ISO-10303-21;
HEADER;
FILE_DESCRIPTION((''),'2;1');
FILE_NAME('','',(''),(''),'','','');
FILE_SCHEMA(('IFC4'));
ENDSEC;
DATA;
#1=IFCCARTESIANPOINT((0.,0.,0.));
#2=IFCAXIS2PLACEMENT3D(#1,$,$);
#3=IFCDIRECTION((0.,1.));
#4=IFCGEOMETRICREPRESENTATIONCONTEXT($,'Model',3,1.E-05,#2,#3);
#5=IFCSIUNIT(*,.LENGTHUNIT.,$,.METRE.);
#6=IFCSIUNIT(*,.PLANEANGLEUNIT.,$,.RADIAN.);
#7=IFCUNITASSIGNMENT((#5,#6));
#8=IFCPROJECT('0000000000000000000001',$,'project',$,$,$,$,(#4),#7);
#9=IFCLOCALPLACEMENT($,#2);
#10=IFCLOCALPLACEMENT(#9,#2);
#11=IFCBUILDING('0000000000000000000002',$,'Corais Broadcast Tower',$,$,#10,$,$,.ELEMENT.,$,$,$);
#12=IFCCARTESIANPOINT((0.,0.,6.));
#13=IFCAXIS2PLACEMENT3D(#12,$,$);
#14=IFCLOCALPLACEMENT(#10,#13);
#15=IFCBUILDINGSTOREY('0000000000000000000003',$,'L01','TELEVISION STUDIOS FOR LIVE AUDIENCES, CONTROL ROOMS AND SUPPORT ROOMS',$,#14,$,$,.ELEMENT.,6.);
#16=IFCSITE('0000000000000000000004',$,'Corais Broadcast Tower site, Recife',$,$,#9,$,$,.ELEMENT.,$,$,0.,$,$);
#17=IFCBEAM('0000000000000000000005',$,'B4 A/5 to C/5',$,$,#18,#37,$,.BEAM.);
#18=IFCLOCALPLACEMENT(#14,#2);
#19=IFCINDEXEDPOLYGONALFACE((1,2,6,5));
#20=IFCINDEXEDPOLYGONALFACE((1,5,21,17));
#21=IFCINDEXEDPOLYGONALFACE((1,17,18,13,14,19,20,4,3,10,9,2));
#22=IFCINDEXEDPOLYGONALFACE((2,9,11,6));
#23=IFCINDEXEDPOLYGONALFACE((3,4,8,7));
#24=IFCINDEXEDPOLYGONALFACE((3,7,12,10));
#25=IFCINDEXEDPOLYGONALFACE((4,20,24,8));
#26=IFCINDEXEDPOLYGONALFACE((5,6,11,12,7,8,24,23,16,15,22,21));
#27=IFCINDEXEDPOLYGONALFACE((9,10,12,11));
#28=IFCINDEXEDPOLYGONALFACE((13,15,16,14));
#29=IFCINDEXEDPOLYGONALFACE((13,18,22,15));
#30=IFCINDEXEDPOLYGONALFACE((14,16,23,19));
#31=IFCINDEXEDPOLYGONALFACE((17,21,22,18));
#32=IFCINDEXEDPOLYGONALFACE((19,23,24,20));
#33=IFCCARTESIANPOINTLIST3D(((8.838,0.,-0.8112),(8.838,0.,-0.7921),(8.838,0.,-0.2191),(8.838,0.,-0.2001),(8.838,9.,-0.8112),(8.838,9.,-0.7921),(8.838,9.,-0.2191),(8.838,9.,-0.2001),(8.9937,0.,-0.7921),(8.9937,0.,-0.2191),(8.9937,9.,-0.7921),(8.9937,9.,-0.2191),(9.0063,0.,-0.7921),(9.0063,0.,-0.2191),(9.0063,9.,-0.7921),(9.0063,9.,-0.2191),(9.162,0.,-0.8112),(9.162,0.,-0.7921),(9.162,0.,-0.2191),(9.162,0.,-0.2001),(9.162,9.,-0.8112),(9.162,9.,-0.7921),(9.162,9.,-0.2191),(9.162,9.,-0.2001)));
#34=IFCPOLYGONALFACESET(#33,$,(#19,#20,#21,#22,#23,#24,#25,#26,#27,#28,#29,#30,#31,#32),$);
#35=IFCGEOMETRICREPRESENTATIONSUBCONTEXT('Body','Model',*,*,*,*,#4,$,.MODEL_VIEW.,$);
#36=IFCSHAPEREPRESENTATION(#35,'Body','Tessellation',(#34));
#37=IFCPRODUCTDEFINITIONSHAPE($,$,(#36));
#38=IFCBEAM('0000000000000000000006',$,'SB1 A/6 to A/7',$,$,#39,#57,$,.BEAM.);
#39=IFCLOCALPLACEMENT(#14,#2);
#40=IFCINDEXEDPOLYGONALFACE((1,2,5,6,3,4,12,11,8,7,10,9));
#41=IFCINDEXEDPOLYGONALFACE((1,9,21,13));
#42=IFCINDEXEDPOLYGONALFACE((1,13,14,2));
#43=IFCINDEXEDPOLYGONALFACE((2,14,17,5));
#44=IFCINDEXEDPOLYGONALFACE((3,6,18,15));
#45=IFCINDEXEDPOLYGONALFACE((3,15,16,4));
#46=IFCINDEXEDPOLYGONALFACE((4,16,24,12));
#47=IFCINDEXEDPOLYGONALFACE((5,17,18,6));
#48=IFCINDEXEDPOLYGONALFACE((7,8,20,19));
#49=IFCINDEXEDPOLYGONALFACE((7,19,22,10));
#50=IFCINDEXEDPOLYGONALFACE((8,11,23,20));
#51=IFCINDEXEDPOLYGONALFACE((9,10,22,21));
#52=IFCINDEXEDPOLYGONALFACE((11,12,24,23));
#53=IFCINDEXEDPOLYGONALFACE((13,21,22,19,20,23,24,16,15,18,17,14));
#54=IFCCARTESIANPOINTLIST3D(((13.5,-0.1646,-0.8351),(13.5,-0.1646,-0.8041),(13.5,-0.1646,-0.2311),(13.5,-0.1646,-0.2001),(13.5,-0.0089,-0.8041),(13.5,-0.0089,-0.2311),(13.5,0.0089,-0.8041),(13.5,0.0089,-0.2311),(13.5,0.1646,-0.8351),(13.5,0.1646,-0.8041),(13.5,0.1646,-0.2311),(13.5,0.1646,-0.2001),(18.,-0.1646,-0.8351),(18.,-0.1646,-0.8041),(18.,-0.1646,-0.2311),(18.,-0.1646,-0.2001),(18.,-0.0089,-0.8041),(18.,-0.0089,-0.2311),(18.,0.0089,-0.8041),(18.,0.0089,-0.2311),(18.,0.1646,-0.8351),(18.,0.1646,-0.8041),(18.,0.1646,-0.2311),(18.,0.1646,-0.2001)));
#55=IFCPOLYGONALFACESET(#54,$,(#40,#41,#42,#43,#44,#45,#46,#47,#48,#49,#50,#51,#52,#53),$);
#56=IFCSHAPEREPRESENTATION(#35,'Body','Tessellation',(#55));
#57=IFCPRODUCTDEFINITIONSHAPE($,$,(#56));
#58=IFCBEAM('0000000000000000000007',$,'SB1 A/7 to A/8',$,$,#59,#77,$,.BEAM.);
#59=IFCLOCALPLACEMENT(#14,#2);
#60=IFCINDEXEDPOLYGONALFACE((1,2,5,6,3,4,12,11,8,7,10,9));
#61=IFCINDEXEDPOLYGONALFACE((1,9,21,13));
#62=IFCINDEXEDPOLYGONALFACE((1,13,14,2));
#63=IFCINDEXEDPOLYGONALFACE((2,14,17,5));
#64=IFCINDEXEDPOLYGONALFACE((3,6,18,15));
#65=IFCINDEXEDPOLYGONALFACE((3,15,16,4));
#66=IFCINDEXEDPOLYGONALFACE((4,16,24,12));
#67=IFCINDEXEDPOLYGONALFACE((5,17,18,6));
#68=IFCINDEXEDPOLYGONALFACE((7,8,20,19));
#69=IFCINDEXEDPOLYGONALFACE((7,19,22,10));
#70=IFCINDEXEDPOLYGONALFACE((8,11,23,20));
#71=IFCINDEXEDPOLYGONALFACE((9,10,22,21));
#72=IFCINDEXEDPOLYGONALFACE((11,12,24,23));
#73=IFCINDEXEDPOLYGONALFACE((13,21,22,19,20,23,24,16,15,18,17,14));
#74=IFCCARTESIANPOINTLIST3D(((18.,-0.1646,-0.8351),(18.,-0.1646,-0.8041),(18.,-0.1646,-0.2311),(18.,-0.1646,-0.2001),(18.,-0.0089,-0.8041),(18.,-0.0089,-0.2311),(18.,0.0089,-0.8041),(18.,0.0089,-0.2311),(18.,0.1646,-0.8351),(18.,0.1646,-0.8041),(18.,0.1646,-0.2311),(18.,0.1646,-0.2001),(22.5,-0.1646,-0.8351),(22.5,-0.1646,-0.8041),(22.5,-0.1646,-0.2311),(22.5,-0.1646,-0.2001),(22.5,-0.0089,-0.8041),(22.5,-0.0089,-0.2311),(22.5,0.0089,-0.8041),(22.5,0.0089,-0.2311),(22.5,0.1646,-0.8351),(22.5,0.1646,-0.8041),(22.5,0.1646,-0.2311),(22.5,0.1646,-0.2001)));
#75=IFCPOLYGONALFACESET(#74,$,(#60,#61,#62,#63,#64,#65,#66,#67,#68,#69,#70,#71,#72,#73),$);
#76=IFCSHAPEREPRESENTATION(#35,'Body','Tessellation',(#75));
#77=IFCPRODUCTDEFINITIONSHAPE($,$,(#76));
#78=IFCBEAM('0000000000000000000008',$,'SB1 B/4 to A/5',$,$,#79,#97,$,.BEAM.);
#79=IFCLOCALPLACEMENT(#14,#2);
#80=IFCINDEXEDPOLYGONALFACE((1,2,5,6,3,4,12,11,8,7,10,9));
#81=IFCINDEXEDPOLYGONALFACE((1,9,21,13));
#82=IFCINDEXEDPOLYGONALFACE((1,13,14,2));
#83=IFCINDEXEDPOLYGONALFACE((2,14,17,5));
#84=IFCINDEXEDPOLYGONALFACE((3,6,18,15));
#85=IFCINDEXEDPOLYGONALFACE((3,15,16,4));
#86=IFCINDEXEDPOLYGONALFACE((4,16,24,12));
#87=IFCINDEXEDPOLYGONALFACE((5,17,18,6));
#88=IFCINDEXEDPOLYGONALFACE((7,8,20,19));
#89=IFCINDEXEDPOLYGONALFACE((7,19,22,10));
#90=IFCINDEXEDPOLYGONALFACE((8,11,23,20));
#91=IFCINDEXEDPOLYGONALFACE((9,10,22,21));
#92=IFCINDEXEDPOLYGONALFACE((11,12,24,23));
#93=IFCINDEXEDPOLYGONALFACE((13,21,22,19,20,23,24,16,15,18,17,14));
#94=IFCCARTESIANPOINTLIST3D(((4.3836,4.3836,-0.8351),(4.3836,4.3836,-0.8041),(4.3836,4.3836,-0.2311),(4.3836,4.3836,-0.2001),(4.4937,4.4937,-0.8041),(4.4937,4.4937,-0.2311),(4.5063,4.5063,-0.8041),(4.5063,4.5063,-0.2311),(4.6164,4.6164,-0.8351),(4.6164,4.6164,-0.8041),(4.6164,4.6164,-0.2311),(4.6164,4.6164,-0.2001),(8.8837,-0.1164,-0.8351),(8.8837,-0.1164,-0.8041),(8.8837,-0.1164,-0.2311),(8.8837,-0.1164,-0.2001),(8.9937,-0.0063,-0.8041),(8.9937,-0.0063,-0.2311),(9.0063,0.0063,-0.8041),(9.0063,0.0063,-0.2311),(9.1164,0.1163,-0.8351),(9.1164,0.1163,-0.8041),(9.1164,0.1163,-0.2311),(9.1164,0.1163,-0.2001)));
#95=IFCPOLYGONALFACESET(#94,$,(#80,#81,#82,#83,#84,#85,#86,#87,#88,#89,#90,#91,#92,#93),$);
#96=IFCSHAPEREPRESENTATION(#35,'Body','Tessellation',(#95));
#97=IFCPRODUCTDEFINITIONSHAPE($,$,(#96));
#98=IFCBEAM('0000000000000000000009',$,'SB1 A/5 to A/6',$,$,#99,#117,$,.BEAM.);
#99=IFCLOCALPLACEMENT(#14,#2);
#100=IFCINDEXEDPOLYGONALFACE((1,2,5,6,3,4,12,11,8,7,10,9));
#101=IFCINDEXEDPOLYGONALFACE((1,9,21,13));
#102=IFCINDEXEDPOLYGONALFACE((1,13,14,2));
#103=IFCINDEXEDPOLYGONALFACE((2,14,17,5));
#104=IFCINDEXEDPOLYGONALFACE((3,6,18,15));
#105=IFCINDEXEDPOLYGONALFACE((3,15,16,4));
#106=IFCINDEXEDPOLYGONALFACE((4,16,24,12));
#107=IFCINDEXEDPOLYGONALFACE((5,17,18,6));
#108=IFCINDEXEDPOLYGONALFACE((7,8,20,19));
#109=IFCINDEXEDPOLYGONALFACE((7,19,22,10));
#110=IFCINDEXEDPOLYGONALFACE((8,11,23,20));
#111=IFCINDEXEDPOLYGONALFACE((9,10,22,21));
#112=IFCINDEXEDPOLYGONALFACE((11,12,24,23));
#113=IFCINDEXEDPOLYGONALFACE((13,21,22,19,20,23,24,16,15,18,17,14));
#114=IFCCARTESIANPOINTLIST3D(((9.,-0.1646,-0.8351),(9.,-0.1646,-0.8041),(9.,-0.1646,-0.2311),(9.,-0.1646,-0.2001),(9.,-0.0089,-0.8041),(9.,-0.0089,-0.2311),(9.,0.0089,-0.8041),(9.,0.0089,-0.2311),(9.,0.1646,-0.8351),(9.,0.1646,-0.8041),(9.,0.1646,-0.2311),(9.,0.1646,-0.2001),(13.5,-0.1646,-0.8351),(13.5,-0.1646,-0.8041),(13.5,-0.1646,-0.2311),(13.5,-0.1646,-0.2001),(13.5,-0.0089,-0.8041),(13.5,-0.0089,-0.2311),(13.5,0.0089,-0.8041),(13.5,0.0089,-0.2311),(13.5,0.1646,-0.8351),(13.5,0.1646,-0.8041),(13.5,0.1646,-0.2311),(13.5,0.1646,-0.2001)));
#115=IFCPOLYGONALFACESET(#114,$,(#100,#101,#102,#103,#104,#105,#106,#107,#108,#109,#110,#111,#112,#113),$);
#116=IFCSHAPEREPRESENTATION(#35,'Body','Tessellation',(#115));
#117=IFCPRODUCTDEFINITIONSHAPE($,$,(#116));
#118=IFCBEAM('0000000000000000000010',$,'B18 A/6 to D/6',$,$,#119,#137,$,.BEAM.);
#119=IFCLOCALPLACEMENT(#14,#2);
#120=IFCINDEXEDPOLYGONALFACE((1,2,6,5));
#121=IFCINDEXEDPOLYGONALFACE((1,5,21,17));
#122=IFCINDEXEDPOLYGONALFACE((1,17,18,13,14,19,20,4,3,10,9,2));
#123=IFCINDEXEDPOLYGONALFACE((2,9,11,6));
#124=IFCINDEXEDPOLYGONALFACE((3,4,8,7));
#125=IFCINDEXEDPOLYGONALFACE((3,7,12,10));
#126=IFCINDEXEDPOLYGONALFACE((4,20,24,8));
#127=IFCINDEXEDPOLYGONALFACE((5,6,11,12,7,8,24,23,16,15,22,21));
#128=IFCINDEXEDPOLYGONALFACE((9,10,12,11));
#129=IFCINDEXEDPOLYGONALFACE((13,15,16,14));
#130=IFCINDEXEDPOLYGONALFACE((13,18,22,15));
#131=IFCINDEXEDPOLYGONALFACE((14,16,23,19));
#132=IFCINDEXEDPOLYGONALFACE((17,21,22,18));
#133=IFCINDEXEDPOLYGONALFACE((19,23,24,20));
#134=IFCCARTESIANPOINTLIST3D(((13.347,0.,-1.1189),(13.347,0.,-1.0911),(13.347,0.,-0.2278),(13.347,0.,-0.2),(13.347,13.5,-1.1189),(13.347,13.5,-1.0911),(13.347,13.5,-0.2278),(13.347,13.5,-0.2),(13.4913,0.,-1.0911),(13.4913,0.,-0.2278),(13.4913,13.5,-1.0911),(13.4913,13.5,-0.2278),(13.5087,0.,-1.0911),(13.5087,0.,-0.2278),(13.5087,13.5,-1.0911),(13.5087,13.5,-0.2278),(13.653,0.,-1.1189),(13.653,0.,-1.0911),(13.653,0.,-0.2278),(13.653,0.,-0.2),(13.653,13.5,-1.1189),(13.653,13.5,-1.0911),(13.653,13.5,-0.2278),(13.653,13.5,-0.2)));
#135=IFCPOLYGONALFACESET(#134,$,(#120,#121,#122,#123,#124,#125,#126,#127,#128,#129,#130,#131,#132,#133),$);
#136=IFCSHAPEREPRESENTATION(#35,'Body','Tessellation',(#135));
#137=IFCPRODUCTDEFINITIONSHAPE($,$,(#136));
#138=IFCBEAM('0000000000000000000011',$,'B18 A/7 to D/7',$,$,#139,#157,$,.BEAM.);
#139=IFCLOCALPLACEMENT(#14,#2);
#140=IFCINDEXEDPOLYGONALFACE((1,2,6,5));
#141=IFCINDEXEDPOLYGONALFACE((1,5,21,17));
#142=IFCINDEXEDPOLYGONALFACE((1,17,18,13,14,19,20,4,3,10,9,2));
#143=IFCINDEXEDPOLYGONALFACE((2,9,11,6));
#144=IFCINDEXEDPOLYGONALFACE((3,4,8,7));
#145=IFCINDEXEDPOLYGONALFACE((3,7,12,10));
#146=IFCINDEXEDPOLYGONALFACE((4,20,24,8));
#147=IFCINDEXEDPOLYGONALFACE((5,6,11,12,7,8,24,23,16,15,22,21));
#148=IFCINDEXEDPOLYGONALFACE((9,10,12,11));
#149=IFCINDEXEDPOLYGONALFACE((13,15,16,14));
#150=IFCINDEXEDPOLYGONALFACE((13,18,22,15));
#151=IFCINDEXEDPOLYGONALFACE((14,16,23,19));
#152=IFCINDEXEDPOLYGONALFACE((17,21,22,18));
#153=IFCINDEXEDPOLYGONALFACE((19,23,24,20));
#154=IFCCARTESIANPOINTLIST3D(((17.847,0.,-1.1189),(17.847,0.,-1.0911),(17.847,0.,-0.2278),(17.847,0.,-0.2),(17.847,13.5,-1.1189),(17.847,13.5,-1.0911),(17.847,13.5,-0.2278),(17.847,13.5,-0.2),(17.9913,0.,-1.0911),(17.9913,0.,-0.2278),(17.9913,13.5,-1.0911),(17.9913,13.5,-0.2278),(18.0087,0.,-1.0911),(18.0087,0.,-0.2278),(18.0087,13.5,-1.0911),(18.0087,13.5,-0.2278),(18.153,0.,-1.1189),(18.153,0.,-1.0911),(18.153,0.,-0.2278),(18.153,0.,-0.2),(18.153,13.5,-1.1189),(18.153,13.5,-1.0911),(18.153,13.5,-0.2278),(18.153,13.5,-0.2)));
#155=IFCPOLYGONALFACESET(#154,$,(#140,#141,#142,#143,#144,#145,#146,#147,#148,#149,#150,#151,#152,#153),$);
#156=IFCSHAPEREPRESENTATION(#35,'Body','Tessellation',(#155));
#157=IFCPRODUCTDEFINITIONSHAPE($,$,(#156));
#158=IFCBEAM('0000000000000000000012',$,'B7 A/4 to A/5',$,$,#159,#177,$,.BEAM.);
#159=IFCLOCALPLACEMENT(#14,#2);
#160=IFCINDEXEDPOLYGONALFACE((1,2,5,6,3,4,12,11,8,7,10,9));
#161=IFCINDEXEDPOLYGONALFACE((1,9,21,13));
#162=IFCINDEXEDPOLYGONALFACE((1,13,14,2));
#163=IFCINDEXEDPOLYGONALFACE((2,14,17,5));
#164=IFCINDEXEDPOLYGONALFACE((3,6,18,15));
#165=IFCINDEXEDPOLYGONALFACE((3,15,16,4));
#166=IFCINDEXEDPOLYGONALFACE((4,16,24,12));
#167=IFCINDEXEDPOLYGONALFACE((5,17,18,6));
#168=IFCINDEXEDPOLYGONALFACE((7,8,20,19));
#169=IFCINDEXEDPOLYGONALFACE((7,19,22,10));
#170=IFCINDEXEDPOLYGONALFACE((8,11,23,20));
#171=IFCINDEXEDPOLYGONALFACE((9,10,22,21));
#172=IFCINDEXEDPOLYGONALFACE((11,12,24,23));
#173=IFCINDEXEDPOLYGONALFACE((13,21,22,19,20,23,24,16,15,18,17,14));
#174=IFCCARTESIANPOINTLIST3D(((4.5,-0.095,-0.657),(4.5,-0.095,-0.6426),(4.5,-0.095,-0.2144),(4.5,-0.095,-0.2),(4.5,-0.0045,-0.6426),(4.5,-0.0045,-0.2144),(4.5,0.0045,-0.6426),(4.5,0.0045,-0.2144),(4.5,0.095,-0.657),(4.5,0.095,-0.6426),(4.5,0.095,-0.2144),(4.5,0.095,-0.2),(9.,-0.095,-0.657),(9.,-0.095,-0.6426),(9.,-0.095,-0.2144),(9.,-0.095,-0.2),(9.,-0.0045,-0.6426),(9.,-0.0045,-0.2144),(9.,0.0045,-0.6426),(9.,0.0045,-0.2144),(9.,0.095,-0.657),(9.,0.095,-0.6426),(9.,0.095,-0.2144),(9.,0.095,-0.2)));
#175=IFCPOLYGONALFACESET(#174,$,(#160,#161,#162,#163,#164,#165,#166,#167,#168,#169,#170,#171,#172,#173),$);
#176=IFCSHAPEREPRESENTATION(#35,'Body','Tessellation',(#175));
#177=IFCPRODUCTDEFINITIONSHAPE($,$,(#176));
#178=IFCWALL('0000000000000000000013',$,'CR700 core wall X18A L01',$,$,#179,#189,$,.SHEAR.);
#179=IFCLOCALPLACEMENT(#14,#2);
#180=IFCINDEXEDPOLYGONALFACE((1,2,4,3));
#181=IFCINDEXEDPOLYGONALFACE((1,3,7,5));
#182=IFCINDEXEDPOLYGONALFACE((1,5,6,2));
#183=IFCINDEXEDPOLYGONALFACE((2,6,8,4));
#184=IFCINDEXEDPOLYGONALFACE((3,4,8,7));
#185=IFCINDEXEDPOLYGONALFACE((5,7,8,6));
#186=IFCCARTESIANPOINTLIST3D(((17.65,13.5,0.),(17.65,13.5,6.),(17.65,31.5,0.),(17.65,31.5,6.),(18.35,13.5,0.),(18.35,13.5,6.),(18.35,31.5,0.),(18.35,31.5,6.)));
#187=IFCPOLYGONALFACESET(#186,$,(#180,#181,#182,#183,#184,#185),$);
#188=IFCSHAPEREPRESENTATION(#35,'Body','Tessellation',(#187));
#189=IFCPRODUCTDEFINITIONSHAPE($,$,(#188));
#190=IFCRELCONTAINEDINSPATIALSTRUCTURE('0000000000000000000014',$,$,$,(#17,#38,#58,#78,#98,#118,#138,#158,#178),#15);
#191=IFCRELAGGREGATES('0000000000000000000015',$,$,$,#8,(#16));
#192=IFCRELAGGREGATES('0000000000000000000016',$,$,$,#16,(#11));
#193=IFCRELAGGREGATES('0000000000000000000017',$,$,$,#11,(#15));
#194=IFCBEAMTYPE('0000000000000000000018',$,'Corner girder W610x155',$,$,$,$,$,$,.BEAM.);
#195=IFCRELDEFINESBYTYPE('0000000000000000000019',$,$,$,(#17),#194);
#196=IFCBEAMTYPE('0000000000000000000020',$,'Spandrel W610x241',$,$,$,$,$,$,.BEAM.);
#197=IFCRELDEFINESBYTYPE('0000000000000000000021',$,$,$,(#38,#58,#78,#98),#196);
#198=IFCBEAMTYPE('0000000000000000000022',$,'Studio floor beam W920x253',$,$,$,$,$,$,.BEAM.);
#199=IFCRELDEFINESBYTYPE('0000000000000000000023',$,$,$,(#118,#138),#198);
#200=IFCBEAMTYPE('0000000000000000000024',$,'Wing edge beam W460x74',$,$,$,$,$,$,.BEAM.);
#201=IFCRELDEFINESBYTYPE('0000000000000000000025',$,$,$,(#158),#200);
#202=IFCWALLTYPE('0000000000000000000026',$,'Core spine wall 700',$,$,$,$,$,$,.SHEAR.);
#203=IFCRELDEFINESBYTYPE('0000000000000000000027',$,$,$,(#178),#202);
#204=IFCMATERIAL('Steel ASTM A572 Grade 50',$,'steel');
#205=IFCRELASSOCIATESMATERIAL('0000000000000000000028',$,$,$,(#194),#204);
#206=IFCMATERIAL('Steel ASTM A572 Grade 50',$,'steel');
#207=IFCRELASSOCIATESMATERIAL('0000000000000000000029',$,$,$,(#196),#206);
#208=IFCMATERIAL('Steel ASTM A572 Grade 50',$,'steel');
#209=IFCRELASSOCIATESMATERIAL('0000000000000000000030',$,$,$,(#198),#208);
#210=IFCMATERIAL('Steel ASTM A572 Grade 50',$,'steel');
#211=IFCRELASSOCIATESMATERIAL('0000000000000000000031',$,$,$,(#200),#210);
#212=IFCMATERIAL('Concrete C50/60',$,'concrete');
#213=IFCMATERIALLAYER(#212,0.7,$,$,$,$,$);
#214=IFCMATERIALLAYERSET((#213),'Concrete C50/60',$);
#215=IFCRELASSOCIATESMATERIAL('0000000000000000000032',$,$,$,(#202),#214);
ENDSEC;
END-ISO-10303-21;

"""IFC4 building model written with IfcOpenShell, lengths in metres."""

from ifc_helpers import new_model, si_unit, direction, frame, frame_2d, origin, origin_2d, place, context, subcontext, project, spatial, rectangle, i_section, extrude, material, layer, layer_set, material_profile, profile_set, type_object, element, save


model = new_model("IFC4")

# Units and contexts
model_context = context("Model", 3, precision=1e-05, world=origin(), true_north=direction((0.0, 1.0)))
body_context = subcontext(model_context, "Body", "Model", "MODEL_VIEW")
ifc_project = project(units=[si_unit("LENGTHUNIT", "METRE"), si_unit("PLANEANGLEUNIT", "RADIAN")], contexts=[model_context])

# Site, building, storey
site_placement = place(None, origin())
site = spatial("IfcSite", under=ifc_project, at=site_placement, Name="Corais Broadcast Tower site, Recife", CompositionType="ELEMENT", RefElevation=0.0)
building_placement = place(site_placement, origin())
building = spatial("IfcBuilding", under=site, at=building_placement, Name="Corais Broadcast Tower", CompositionType="ELEMENT")
storey_placement = place(building_placement, frame((0.0, 0.0, 6.0)))
storey = spatial("IfcBuildingStorey", under=building, at=storey_placement, Name="L01", Description="TELEVISION STUDIOS FOR LIVE AUDIENCES, CONTROL ROOMS AND SUPPORT ROOMS", CompositionType="ELEMENT", Elevation=6.0)

# Beams
ifc_material_1 = material(Name="Steel ASTM A572 Grade 50", Category="steel")
ifc_material_profile_1 = material_profile(ifc_material_1, i_section(OverallWidth=0.324, OverallDepth=0.6111, WebThickness=0.0127, FlangeThickness=0.019, at=origin_2d()), Name="W610x155")
ifc_profile_set_1 = profile_set([ifc_material_profile_1], Name="Steel ASTM A572 Grade 50")
beam_type_1 = type_object("IfcBeamType", Name="Corner girder W610x155", PredefinedType="BEAM", material=ifc_profile_set_1)
beam_1_placement = place(storey_placement, frame((9.0, 0.0, -0.5056), z_axis=(0.0, 1.0, 0.0), x_axis=(-1.0, 0.0, 0.0)))
element("IfcBeam", 1, at=beam_1_placement, inside=storey, type_object=beam_type_1, Name="B4 A/5 to C/5", PredefinedType="BEAM", context=body_context, shape_type="SweptSolid", body=[
    extrude(i_section(OverallWidth=0.324, OverallDepth=0.6111, WebThickness=0.0127, FlangeThickness=0.019, at=origin_2d()), origin(), (0.0, 0.0, 1.0), 9.0),
])
ifc_material_2 = material(Name="Steel ASTM A572 Grade 50", Category="steel")
ifc_material_profile_2 = material_profile(ifc_material_2, i_section(OverallWidth=0.3291, OverallDepth=0.635, WebThickness=0.0178, FlangeThickness=0.031, at=origin_2d()), Name="W610x241")
ifc_profile_set_2 = profile_set([ifc_material_profile_2], Name="Steel ASTM A572 Grade 50")
beam_type_2 = type_object("IfcBeamType", Name="Spandrel W610x241", PredefinedType="BEAM", material=ifc_profile_set_2)
for number, where, z_axis, x_axis, name in (
    (2, (13.5, 0.0, -0.5176), (1.0, 0.0, 0.0), (0.0, 1.0, 0.0), "SB1 A/6 to A/7"),
    (3, (18.0, 0.0, -0.5176), (1.0, 0.0, 0.0), (0.0, 1.0, 0.0), "SB1 A/7 to A/8"),
):
    element("IfcBeam", number, at=place(storey_placement, frame(where, z_axis=z_axis, x_axis=x_axis)), inside=storey, type_object=beam_type_2, Name=name, PredefinedType="BEAM", context=body_context, shape_type="SweptSolid", body=[
        extrude(i_section(OverallWidth=0.3291, OverallDepth=0.635, WebThickness=0.0178, FlangeThickness=0.031, at=origin_2d()), origin(), (0.0, 0.0, 1.0), 4.5),
    ])
beam_2_placement = place(storey_placement, frame((4.5, 4.5, -0.5176), z_axis=(0.707107, -0.707107, 0.0), x_axis=(0.707107, 0.707107, 0.0)))
element("IfcBeam", 4, at=beam_2_placement, inside=storey, type_object=beam_type_2, Name="SB1 B/4 to A/5", PredefinedType="BEAM", context=body_context, shape_type="SweptSolid", body=[
    extrude(i_section(OverallWidth=0.3291, OverallDepth=0.635, WebThickness=0.0178, FlangeThickness=0.031, at=origin_2d()), origin(), (0.0, 0.0, 1.0), 6.364),
])
beam_3_placement = place(storey_placement, frame((9.0, 0.0, -0.5176), z_axis=(1.0, 0.0, 0.0), x_axis=(0.0, 1.0, 0.0)))
element("IfcBeam", 5, at=beam_3_placement, inside=storey, type_object=beam_type_2, Name="SB1 A/5 to A/6", PredefinedType="BEAM", context=body_context, shape_type="SweptSolid", body=[
    extrude(i_section(OverallWidth=0.3291, OverallDepth=0.635, WebThickness=0.0178, FlangeThickness=0.031, at=origin_2d()), origin(), (0.0, 0.0, 1.0), 4.5),
])
ifc_material_3 = material(Name="Steel ASTM A572 Grade 50", Category="steel")
ifc_material_profile_3 = material_profile(ifc_material_3, i_section(OverallWidth=0.3059, OverallDepth=0.9189, WebThickness=0.0173, FlangeThickness=0.0278, at=origin_2d()), Name="W920x253")
ifc_profile_set_3 = profile_set([ifc_material_profile_3], Name="Steel ASTM A572 Grade 50")
beam_type_3 = type_object("IfcBeamType", Name="Studio floor beam W920x253", PredefinedType="BEAM", material=ifc_profile_set_3)
for number, where, z_axis, x_axis, name in (
    (6, (13.5, 0.0, -0.6594), (0.0, 1.0, 0.0), (-1.0, 0.0, 0.0), "B18 A/6 to D/6"),
    (7, (18.0, 0.0, -0.6594), (0.0, 1.0, 0.0), (-1.0, 0.0, 0.0), "B18 A/7 to D/7"),
):
    element("IfcBeam", number, at=place(storey_placement, frame(where, z_axis=z_axis, x_axis=x_axis)), inside=storey, type_object=beam_type_3, Name=name, PredefinedType="BEAM", context=body_context, shape_type="SweptSolid", body=[
        extrude(i_section(OverallWidth=0.3059, OverallDepth=0.9189, WebThickness=0.0173, FlangeThickness=0.0278, at=origin_2d()), origin(), (0.0, 0.0, 1.0), 13.5),
    ])
ifc_material_4 = material(Name="Steel ASTM A572 Grade 50", Category="steel")
ifc_material_profile_4 = material_profile(ifc_material_4, i_section(OverallWidth=0.1899, OverallDepth=0.457, WebThickness=0.009, FlangeThickness=0.0144, at=origin_2d()), Name="W460x74")
ifc_profile_set_4 = profile_set([ifc_material_profile_4], Name="Steel ASTM A572 Grade 50")
beam_type_4 = type_object("IfcBeamType", Name="Wing edge beam W460x74", PredefinedType="BEAM", material=ifc_profile_set_4)
beam_4_placement = place(storey_placement, frame((4.5, 0.0, -0.4285), z_axis=(1.0, 0.0, 0.0), x_axis=(0.0, 1.0, 0.0)))
element("IfcBeam", 8, at=beam_4_placement, inside=storey, type_object=beam_type_4, Name="B7 A/4 to A/5", PredefinedType="BEAM", context=body_context, shape_type="SweptSolid", body=[
    extrude(i_section(OverallWidth=0.1899, OverallDepth=0.457, WebThickness=0.009, FlangeThickness=0.0144, at=origin_2d()), origin(), (0.0, 0.0, 1.0), 4.5),
])

# Wall
ifc_material_5 = material(Name="Concrete C50/60", Category="concrete")
ifc_layer_1 = layer(ifc_material_5, 0.7)
ifc_layer_set_1 = layer_set([ifc_layer_1], Name="Concrete C50/60")
wall_type_1 = type_object("IfcWallType", Name="Core spine wall 700", PredefinedType="SHEAR", material=ifc_layer_set_1)
wall_1_placement = place(storey_placement, frame((18.0, 13.5, 0.0), z_axis=(0.0, 0.0, 1.0), x_axis=(0.0, 1.0, 0.0)))
element("IfcWall", 9, at=wall_1_placement, inside=storey, type_object=wall_type_1, Name="CR700 core wall X18A L01", PredefinedType="SHEAR", context=body_context, shape_type="SweptSolid", body=[
    extrude(rectangle(XDim=18.0, YDim=0.7, at=frame_2d((9.0, 0.0))), origin(), (0.0, 0.0, 1.0), 6.0),
])

save(model, "model.ifc")
